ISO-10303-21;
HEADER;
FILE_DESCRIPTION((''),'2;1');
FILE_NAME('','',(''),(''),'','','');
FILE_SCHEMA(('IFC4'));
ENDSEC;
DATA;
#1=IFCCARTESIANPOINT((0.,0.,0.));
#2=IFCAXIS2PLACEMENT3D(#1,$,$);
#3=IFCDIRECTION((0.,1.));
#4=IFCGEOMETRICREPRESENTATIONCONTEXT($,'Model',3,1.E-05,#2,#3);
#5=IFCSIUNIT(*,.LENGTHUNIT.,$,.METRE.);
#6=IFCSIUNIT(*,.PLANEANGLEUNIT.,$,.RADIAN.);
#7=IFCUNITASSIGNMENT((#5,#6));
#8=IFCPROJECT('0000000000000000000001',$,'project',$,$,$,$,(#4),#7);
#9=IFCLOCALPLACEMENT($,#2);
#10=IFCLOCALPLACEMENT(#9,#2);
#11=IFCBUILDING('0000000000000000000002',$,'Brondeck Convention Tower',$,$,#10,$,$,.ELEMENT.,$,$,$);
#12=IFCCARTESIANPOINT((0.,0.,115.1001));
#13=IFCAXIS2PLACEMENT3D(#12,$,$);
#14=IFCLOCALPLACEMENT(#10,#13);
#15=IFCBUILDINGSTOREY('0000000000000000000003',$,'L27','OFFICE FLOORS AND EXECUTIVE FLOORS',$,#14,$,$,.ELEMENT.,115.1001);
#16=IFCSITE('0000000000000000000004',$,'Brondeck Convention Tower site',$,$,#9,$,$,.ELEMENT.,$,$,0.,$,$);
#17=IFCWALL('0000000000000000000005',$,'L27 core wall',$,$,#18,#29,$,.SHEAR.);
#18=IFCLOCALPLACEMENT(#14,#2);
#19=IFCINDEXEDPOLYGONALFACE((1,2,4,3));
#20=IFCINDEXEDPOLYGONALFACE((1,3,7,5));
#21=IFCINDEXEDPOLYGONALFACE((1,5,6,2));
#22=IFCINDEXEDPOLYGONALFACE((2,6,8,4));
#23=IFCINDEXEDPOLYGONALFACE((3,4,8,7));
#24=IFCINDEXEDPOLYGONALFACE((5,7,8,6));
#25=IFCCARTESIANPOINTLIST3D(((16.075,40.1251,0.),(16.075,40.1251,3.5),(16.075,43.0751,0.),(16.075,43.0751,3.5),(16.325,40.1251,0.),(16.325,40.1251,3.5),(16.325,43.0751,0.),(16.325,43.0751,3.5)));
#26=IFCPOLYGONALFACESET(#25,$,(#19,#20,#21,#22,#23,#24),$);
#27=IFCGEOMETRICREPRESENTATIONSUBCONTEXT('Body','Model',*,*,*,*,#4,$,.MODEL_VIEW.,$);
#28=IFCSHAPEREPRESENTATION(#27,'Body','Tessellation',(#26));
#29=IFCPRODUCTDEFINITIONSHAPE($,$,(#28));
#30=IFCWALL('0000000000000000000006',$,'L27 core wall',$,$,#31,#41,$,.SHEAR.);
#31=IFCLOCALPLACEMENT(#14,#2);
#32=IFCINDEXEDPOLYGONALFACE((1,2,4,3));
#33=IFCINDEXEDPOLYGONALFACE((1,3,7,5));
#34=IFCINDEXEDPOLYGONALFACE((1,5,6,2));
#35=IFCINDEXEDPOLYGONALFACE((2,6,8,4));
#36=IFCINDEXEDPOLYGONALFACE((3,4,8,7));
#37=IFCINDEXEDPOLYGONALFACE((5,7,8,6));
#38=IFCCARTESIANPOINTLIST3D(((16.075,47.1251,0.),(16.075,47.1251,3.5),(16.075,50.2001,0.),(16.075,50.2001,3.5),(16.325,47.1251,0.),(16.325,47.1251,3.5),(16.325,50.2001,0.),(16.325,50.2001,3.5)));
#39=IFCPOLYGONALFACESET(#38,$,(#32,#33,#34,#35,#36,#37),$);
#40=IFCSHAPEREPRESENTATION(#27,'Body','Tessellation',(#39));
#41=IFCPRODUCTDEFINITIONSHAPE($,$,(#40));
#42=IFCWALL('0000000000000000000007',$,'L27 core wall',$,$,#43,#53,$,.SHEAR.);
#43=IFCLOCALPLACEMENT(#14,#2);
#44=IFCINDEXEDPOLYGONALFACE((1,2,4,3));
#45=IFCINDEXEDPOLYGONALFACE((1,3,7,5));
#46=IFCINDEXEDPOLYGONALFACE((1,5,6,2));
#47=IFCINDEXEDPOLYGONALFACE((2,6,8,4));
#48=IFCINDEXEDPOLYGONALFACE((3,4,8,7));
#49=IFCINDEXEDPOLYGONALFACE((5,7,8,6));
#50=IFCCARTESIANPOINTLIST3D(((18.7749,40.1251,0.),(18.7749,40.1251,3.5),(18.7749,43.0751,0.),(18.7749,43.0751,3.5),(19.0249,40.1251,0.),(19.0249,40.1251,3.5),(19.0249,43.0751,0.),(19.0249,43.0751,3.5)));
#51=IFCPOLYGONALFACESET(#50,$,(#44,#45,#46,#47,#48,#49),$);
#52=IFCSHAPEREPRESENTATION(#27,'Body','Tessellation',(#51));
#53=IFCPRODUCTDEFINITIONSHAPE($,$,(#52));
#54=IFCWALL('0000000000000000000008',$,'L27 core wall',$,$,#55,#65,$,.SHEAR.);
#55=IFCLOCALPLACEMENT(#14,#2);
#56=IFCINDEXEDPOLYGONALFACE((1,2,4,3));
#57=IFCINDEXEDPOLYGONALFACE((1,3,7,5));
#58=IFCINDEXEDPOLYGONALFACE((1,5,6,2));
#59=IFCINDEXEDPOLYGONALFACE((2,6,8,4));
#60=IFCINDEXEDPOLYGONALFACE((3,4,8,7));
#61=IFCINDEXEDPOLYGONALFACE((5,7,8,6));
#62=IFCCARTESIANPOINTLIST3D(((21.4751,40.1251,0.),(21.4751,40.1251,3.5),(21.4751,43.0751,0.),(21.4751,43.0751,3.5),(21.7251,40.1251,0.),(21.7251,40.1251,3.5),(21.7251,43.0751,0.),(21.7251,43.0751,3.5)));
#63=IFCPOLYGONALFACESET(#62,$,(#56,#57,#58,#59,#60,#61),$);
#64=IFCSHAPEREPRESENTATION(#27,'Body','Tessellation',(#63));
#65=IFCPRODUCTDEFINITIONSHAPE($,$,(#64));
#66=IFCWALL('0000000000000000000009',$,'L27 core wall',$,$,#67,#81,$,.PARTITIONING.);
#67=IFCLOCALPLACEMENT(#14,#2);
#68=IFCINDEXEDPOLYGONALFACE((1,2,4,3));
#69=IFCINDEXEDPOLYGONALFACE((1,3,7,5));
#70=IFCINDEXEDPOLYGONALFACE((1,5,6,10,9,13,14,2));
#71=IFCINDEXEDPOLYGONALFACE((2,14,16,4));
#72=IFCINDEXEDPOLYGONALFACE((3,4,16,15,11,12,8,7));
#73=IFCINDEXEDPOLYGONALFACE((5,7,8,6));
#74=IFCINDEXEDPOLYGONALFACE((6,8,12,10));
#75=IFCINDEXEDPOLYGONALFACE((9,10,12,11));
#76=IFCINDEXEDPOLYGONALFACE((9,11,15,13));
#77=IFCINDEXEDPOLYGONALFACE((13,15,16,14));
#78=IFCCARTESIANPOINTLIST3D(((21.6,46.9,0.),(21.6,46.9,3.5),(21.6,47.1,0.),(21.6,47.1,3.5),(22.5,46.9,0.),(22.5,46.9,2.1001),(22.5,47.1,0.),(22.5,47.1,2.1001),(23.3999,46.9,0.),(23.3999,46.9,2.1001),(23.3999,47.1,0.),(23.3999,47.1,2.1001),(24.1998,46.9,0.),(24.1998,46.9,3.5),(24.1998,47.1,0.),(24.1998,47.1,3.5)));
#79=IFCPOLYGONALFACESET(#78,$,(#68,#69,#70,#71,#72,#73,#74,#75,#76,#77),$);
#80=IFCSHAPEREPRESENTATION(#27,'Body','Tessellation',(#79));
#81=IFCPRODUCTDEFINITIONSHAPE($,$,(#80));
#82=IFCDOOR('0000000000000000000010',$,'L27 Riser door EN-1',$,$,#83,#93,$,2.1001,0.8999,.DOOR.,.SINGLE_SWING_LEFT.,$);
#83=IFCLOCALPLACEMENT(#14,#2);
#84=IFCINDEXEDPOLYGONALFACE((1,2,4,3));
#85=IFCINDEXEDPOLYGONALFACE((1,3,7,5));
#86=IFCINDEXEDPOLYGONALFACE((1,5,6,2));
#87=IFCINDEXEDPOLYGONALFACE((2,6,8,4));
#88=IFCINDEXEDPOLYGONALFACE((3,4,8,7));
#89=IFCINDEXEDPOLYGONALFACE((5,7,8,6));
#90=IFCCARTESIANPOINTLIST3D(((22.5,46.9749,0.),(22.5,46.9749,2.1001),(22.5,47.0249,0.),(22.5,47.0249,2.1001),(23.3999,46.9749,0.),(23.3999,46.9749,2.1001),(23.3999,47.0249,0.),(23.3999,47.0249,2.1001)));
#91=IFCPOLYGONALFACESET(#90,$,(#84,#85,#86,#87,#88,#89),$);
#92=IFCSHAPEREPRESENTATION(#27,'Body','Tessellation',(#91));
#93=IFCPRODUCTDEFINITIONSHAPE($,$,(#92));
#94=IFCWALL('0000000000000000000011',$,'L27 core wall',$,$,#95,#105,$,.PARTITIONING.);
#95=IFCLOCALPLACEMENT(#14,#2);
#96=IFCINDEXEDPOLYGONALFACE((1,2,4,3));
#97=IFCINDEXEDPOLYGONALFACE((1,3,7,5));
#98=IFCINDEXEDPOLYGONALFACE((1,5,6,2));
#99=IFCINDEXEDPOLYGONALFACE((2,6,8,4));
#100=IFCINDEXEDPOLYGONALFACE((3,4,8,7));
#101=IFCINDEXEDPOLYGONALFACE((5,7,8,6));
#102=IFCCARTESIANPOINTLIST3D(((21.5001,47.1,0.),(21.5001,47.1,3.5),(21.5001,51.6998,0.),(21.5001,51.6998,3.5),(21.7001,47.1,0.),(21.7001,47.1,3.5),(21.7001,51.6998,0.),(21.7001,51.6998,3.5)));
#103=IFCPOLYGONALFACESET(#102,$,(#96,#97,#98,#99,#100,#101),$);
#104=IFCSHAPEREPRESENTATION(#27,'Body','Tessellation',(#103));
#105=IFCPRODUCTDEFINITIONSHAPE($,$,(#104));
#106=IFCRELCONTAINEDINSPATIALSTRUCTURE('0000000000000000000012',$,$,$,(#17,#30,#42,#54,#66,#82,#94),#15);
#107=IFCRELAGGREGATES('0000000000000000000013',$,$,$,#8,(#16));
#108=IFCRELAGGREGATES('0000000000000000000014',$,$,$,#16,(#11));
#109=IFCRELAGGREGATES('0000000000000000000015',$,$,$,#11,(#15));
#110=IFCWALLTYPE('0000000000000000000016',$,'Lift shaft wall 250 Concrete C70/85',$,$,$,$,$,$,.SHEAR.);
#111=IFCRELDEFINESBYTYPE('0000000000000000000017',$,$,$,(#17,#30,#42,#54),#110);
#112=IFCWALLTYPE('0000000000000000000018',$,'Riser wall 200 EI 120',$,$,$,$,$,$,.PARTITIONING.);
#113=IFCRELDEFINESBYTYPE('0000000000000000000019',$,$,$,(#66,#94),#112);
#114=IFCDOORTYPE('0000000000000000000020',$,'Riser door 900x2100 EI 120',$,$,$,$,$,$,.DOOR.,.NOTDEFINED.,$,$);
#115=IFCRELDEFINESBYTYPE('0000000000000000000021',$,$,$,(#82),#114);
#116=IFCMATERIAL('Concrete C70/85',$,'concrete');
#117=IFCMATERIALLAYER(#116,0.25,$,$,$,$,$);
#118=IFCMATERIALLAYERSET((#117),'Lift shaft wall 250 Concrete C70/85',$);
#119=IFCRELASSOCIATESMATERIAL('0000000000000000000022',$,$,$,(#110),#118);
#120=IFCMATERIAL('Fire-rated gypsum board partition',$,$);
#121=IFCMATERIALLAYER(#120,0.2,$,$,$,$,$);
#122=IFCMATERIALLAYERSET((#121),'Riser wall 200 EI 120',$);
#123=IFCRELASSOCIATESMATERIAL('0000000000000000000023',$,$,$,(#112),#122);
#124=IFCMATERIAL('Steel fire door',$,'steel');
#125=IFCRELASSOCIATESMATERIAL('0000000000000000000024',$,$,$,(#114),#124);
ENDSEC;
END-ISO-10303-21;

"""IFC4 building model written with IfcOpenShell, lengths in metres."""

from ifc_helpers import new_model, si_unit, direction, frame, frame_2d, origin, place, context, subcontext, project, spatial, rectangle, extrude, material, layer, layer_set, type_object, element, fill, save


model = new_model("IFC4")

# Units and contexts
model_context = context("Model", 3, precision=1e-05, world=origin(), true_north=direction((0.0, 1.0)))
body_context = subcontext(model_context, "Body", "Model", "MODEL_VIEW")
ifc_project = project(units=[si_unit("LENGTHUNIT", "METRE"), si_unit("PLANEANGLEUNIT", "RADIAN")], contexts=[model_context])

# Site, building, storey
site_placement = place(None, origin())
site = spatial("IfcSite", under=ifc_project, at=site_placement, Name="Brondeck Convention Tower site", CompositionType="ELEMENT", RefElevation=0.0)
building_placement = place(site_placement, origin())
building = spatial("IfcBuilding", under=site, at=building_placement, Name="Brondeck Convention Tower", CompositionType="ELEMENT")
storey_placement = place(building_placement, frame((0.0, 0.0, 115.1001)))
storey = spatial("IfcBuildingStorey", under=building, at=storey_placement, Name="L27", Description="OFFICE FLOORS AND EXECUTIVE FLOORS", CompositionType="ELEMENT", Elevation=115.1001)

# Shared definitions
ifc_material_1 = material(Name="Fire-rated gypsum board partition")

# Shared definitions
ifc_material_2 = material(Name="Steel fire door", Category="steel")

# Walls
ifc_material_3 = material(Name="Concrete C70/85", Category="concrete")
ifc_layer_1 = layer(ifc_material_3, 0.25)
ifc_layer_set_1 = layer_set([ifc_layer_1], Name="Lift shaft wall 250 Concrete C70/85")
wall_type_1 = type_object("IfcWallType", Name="Lift shaft wall 250 Concrete C70/85", PredefinedType="SHEAR", material=ifc_layer_set_1)
wall_1_placement = place(storey_placement, frame((16.2, 40.125, 0.0), z_axis=(0.0, 0.0, 1.0), x_axis=(0.0, 1.0, 0.0)))
element("IfcWall", 1, at=wall_1_placement, inside=storey, type_object=wall_type_1, Name="L27 core wall", PredefinedType="SHEAR", context=body_context, shape_type="SweptSolid", body=[
    extrude(rectangle(XDim=2.95, YDim=0.25, at=frame_2d((1.4751, 0.0))), origin(), (0.0, 0.0, 1.0), 3.5),
])
wall_2_placement = place(storey_placement, frame((16.2, 47.125, 0.0), z_axis=(0.0, 0.0, 1.0), x_axis=(0.0, 1.0, 0.0)))
element("IfcWall", 2, at=wall_2_placement, inside=storey, type_object=wall_type_1, Name="L27 core wall", PredefinedType="SHEAR", context=body_context, shape_type="SweptSolid", body=[
    extrude(rectangle(XDim=3.075, YDim=0.25, at=frame_2d((1.5376, 0.0))), origin(), (0.0, 0.0, 1.0), 3.5),
])
for number, where, z_axis, x_axis, name in (
    (3, (18.8999, 40.125, 0.0), (0.0, 0.0, 1.0), (0.0, 1.0, 0.0), "L27 core wall"),
    (4, (21.6001, 40.125, 0.0), (0.0, 0.0, 1.0), (0.0, 1.0, 0.0), "L27 core wall"),
):
    element("IfcWall", number, at=place(storey_placement, frame(where, z_axis=z_axis, x_axis=x_axis)), inside=storey, type_object=wall_type_1, Name=name, PredefinedType="SHEAR", context=body_context, shape_type="SweptSolid", body=[
        extrude(rectangle(XDim=2.95, YDim=0.25, at=frame_2d((1.4751, 0.0))), origin(), (0.0, 0.0, 1.0), 3.5),
    ])

# Wall, opening, door
ifc_layer_2 = layer(ifc_material_1, 0.2)
ifc_layer_set_2 = layer_set([ifc_layer_2], Name="Riser wall 200 EI 120")
wall_type_2 = type_object("IfcWallType", Name="Riser wall 200 EI 120", PredefinedType="PARTITIONING", material=ifc_layer_set_2)
wall_3_placement = place(storey_placement, frame((21.6001, 47.0, 0.0), z_axis=(0.0, 0.0, 1.0), x_axis=(1.0, 0.0, 0.0)))
wall_3 = element("IfcWall", 5, at=wall_3_placement, inside=storey, type_object=wall_type_2, Name="L27 core wall", PredefinedType="PARTITIONING", context=body_context, shape_type="SweptSolid", body=[
    extrude(rectangle(XDim=2.5999, YDim=0.2, at=frame_2d((1.2998, 0.0))), origin(), (0.0, 0.0, 1.0), 3.5),
])
opening_1_placement = place(wall_3_placement, frame((0.8999, 0.0, 0.0)))
opening_1 = element("IfcOpeningElement", 6, at=opening_1_placement, cuts=wall_3, PredefinedType="OPENING", context=body_context, shape_type="SweptSolid", body=[
    extrude(rectangle(XDim=0.8999, YDim=2.1001, at=frame_2d((0.45, 1.05))), frame((0.0, 0.1099, 0.0), z_axis=(0.0, -1.0, 0.0), x_axis=(1.0, 0.0, 0.0)), (0.0, 0.0, 1.0), 0.22),
])
door_type_1 = type_object("IfcDoorType", Name="Riser door 900x2100 EI 120", OperationType="NOTDEFINED", PredefinedType="DOOR", material=ifc_material_2)
door_1_placement = place(opening_1_placement, origin())
door_1 = element("IfcDoor", 7, at=door_1_placement, inside=storey, type_object=door_type_1, Name="L27 Riser door EN-1", OperationType="SINGLE_SWING_LEFT", OverallHeight=2.1001, OverallWidth=0.8999, PredefinedType="DOOR", context=body_context, shape_type="SweptSolid", body=[
    extrude(rectangle(XDim=0.8999, YDim=2.1001, at=frame_2d((0.45, 1.05))), frame((0.0, 0.0249, 0.0), z_axis=(0.0, -1.0, 0.0), x_axis=(1.0, 0.0, 0.0)), (0.0, 0.0, 1.0), 0.05),
])
fill(opening_1, door_1)

# Wall
wall_4_placement = place(storey_placement, frame((21.6001, 47.1001, 0.0), z_axis=(0.0, 0.0, 1.0), x_axis=(0.0, 1.0, 0.0)))
element("IfcWall", 8, at=wall_4_placement, inside=storey, type_object=wall_type_2, Name="L27 core wall", PredefinedType="PARTITIONING", context=body_context, shape_type="SweptSolid", body=[
    extrude(rectangle(XDim=4.5999, YDim=0.2, at=frame_2d((2.2998, 0.0))), origin(), (0.0, 0.0, 1.0), 3.5),
])

save(model, "model.ifc")
